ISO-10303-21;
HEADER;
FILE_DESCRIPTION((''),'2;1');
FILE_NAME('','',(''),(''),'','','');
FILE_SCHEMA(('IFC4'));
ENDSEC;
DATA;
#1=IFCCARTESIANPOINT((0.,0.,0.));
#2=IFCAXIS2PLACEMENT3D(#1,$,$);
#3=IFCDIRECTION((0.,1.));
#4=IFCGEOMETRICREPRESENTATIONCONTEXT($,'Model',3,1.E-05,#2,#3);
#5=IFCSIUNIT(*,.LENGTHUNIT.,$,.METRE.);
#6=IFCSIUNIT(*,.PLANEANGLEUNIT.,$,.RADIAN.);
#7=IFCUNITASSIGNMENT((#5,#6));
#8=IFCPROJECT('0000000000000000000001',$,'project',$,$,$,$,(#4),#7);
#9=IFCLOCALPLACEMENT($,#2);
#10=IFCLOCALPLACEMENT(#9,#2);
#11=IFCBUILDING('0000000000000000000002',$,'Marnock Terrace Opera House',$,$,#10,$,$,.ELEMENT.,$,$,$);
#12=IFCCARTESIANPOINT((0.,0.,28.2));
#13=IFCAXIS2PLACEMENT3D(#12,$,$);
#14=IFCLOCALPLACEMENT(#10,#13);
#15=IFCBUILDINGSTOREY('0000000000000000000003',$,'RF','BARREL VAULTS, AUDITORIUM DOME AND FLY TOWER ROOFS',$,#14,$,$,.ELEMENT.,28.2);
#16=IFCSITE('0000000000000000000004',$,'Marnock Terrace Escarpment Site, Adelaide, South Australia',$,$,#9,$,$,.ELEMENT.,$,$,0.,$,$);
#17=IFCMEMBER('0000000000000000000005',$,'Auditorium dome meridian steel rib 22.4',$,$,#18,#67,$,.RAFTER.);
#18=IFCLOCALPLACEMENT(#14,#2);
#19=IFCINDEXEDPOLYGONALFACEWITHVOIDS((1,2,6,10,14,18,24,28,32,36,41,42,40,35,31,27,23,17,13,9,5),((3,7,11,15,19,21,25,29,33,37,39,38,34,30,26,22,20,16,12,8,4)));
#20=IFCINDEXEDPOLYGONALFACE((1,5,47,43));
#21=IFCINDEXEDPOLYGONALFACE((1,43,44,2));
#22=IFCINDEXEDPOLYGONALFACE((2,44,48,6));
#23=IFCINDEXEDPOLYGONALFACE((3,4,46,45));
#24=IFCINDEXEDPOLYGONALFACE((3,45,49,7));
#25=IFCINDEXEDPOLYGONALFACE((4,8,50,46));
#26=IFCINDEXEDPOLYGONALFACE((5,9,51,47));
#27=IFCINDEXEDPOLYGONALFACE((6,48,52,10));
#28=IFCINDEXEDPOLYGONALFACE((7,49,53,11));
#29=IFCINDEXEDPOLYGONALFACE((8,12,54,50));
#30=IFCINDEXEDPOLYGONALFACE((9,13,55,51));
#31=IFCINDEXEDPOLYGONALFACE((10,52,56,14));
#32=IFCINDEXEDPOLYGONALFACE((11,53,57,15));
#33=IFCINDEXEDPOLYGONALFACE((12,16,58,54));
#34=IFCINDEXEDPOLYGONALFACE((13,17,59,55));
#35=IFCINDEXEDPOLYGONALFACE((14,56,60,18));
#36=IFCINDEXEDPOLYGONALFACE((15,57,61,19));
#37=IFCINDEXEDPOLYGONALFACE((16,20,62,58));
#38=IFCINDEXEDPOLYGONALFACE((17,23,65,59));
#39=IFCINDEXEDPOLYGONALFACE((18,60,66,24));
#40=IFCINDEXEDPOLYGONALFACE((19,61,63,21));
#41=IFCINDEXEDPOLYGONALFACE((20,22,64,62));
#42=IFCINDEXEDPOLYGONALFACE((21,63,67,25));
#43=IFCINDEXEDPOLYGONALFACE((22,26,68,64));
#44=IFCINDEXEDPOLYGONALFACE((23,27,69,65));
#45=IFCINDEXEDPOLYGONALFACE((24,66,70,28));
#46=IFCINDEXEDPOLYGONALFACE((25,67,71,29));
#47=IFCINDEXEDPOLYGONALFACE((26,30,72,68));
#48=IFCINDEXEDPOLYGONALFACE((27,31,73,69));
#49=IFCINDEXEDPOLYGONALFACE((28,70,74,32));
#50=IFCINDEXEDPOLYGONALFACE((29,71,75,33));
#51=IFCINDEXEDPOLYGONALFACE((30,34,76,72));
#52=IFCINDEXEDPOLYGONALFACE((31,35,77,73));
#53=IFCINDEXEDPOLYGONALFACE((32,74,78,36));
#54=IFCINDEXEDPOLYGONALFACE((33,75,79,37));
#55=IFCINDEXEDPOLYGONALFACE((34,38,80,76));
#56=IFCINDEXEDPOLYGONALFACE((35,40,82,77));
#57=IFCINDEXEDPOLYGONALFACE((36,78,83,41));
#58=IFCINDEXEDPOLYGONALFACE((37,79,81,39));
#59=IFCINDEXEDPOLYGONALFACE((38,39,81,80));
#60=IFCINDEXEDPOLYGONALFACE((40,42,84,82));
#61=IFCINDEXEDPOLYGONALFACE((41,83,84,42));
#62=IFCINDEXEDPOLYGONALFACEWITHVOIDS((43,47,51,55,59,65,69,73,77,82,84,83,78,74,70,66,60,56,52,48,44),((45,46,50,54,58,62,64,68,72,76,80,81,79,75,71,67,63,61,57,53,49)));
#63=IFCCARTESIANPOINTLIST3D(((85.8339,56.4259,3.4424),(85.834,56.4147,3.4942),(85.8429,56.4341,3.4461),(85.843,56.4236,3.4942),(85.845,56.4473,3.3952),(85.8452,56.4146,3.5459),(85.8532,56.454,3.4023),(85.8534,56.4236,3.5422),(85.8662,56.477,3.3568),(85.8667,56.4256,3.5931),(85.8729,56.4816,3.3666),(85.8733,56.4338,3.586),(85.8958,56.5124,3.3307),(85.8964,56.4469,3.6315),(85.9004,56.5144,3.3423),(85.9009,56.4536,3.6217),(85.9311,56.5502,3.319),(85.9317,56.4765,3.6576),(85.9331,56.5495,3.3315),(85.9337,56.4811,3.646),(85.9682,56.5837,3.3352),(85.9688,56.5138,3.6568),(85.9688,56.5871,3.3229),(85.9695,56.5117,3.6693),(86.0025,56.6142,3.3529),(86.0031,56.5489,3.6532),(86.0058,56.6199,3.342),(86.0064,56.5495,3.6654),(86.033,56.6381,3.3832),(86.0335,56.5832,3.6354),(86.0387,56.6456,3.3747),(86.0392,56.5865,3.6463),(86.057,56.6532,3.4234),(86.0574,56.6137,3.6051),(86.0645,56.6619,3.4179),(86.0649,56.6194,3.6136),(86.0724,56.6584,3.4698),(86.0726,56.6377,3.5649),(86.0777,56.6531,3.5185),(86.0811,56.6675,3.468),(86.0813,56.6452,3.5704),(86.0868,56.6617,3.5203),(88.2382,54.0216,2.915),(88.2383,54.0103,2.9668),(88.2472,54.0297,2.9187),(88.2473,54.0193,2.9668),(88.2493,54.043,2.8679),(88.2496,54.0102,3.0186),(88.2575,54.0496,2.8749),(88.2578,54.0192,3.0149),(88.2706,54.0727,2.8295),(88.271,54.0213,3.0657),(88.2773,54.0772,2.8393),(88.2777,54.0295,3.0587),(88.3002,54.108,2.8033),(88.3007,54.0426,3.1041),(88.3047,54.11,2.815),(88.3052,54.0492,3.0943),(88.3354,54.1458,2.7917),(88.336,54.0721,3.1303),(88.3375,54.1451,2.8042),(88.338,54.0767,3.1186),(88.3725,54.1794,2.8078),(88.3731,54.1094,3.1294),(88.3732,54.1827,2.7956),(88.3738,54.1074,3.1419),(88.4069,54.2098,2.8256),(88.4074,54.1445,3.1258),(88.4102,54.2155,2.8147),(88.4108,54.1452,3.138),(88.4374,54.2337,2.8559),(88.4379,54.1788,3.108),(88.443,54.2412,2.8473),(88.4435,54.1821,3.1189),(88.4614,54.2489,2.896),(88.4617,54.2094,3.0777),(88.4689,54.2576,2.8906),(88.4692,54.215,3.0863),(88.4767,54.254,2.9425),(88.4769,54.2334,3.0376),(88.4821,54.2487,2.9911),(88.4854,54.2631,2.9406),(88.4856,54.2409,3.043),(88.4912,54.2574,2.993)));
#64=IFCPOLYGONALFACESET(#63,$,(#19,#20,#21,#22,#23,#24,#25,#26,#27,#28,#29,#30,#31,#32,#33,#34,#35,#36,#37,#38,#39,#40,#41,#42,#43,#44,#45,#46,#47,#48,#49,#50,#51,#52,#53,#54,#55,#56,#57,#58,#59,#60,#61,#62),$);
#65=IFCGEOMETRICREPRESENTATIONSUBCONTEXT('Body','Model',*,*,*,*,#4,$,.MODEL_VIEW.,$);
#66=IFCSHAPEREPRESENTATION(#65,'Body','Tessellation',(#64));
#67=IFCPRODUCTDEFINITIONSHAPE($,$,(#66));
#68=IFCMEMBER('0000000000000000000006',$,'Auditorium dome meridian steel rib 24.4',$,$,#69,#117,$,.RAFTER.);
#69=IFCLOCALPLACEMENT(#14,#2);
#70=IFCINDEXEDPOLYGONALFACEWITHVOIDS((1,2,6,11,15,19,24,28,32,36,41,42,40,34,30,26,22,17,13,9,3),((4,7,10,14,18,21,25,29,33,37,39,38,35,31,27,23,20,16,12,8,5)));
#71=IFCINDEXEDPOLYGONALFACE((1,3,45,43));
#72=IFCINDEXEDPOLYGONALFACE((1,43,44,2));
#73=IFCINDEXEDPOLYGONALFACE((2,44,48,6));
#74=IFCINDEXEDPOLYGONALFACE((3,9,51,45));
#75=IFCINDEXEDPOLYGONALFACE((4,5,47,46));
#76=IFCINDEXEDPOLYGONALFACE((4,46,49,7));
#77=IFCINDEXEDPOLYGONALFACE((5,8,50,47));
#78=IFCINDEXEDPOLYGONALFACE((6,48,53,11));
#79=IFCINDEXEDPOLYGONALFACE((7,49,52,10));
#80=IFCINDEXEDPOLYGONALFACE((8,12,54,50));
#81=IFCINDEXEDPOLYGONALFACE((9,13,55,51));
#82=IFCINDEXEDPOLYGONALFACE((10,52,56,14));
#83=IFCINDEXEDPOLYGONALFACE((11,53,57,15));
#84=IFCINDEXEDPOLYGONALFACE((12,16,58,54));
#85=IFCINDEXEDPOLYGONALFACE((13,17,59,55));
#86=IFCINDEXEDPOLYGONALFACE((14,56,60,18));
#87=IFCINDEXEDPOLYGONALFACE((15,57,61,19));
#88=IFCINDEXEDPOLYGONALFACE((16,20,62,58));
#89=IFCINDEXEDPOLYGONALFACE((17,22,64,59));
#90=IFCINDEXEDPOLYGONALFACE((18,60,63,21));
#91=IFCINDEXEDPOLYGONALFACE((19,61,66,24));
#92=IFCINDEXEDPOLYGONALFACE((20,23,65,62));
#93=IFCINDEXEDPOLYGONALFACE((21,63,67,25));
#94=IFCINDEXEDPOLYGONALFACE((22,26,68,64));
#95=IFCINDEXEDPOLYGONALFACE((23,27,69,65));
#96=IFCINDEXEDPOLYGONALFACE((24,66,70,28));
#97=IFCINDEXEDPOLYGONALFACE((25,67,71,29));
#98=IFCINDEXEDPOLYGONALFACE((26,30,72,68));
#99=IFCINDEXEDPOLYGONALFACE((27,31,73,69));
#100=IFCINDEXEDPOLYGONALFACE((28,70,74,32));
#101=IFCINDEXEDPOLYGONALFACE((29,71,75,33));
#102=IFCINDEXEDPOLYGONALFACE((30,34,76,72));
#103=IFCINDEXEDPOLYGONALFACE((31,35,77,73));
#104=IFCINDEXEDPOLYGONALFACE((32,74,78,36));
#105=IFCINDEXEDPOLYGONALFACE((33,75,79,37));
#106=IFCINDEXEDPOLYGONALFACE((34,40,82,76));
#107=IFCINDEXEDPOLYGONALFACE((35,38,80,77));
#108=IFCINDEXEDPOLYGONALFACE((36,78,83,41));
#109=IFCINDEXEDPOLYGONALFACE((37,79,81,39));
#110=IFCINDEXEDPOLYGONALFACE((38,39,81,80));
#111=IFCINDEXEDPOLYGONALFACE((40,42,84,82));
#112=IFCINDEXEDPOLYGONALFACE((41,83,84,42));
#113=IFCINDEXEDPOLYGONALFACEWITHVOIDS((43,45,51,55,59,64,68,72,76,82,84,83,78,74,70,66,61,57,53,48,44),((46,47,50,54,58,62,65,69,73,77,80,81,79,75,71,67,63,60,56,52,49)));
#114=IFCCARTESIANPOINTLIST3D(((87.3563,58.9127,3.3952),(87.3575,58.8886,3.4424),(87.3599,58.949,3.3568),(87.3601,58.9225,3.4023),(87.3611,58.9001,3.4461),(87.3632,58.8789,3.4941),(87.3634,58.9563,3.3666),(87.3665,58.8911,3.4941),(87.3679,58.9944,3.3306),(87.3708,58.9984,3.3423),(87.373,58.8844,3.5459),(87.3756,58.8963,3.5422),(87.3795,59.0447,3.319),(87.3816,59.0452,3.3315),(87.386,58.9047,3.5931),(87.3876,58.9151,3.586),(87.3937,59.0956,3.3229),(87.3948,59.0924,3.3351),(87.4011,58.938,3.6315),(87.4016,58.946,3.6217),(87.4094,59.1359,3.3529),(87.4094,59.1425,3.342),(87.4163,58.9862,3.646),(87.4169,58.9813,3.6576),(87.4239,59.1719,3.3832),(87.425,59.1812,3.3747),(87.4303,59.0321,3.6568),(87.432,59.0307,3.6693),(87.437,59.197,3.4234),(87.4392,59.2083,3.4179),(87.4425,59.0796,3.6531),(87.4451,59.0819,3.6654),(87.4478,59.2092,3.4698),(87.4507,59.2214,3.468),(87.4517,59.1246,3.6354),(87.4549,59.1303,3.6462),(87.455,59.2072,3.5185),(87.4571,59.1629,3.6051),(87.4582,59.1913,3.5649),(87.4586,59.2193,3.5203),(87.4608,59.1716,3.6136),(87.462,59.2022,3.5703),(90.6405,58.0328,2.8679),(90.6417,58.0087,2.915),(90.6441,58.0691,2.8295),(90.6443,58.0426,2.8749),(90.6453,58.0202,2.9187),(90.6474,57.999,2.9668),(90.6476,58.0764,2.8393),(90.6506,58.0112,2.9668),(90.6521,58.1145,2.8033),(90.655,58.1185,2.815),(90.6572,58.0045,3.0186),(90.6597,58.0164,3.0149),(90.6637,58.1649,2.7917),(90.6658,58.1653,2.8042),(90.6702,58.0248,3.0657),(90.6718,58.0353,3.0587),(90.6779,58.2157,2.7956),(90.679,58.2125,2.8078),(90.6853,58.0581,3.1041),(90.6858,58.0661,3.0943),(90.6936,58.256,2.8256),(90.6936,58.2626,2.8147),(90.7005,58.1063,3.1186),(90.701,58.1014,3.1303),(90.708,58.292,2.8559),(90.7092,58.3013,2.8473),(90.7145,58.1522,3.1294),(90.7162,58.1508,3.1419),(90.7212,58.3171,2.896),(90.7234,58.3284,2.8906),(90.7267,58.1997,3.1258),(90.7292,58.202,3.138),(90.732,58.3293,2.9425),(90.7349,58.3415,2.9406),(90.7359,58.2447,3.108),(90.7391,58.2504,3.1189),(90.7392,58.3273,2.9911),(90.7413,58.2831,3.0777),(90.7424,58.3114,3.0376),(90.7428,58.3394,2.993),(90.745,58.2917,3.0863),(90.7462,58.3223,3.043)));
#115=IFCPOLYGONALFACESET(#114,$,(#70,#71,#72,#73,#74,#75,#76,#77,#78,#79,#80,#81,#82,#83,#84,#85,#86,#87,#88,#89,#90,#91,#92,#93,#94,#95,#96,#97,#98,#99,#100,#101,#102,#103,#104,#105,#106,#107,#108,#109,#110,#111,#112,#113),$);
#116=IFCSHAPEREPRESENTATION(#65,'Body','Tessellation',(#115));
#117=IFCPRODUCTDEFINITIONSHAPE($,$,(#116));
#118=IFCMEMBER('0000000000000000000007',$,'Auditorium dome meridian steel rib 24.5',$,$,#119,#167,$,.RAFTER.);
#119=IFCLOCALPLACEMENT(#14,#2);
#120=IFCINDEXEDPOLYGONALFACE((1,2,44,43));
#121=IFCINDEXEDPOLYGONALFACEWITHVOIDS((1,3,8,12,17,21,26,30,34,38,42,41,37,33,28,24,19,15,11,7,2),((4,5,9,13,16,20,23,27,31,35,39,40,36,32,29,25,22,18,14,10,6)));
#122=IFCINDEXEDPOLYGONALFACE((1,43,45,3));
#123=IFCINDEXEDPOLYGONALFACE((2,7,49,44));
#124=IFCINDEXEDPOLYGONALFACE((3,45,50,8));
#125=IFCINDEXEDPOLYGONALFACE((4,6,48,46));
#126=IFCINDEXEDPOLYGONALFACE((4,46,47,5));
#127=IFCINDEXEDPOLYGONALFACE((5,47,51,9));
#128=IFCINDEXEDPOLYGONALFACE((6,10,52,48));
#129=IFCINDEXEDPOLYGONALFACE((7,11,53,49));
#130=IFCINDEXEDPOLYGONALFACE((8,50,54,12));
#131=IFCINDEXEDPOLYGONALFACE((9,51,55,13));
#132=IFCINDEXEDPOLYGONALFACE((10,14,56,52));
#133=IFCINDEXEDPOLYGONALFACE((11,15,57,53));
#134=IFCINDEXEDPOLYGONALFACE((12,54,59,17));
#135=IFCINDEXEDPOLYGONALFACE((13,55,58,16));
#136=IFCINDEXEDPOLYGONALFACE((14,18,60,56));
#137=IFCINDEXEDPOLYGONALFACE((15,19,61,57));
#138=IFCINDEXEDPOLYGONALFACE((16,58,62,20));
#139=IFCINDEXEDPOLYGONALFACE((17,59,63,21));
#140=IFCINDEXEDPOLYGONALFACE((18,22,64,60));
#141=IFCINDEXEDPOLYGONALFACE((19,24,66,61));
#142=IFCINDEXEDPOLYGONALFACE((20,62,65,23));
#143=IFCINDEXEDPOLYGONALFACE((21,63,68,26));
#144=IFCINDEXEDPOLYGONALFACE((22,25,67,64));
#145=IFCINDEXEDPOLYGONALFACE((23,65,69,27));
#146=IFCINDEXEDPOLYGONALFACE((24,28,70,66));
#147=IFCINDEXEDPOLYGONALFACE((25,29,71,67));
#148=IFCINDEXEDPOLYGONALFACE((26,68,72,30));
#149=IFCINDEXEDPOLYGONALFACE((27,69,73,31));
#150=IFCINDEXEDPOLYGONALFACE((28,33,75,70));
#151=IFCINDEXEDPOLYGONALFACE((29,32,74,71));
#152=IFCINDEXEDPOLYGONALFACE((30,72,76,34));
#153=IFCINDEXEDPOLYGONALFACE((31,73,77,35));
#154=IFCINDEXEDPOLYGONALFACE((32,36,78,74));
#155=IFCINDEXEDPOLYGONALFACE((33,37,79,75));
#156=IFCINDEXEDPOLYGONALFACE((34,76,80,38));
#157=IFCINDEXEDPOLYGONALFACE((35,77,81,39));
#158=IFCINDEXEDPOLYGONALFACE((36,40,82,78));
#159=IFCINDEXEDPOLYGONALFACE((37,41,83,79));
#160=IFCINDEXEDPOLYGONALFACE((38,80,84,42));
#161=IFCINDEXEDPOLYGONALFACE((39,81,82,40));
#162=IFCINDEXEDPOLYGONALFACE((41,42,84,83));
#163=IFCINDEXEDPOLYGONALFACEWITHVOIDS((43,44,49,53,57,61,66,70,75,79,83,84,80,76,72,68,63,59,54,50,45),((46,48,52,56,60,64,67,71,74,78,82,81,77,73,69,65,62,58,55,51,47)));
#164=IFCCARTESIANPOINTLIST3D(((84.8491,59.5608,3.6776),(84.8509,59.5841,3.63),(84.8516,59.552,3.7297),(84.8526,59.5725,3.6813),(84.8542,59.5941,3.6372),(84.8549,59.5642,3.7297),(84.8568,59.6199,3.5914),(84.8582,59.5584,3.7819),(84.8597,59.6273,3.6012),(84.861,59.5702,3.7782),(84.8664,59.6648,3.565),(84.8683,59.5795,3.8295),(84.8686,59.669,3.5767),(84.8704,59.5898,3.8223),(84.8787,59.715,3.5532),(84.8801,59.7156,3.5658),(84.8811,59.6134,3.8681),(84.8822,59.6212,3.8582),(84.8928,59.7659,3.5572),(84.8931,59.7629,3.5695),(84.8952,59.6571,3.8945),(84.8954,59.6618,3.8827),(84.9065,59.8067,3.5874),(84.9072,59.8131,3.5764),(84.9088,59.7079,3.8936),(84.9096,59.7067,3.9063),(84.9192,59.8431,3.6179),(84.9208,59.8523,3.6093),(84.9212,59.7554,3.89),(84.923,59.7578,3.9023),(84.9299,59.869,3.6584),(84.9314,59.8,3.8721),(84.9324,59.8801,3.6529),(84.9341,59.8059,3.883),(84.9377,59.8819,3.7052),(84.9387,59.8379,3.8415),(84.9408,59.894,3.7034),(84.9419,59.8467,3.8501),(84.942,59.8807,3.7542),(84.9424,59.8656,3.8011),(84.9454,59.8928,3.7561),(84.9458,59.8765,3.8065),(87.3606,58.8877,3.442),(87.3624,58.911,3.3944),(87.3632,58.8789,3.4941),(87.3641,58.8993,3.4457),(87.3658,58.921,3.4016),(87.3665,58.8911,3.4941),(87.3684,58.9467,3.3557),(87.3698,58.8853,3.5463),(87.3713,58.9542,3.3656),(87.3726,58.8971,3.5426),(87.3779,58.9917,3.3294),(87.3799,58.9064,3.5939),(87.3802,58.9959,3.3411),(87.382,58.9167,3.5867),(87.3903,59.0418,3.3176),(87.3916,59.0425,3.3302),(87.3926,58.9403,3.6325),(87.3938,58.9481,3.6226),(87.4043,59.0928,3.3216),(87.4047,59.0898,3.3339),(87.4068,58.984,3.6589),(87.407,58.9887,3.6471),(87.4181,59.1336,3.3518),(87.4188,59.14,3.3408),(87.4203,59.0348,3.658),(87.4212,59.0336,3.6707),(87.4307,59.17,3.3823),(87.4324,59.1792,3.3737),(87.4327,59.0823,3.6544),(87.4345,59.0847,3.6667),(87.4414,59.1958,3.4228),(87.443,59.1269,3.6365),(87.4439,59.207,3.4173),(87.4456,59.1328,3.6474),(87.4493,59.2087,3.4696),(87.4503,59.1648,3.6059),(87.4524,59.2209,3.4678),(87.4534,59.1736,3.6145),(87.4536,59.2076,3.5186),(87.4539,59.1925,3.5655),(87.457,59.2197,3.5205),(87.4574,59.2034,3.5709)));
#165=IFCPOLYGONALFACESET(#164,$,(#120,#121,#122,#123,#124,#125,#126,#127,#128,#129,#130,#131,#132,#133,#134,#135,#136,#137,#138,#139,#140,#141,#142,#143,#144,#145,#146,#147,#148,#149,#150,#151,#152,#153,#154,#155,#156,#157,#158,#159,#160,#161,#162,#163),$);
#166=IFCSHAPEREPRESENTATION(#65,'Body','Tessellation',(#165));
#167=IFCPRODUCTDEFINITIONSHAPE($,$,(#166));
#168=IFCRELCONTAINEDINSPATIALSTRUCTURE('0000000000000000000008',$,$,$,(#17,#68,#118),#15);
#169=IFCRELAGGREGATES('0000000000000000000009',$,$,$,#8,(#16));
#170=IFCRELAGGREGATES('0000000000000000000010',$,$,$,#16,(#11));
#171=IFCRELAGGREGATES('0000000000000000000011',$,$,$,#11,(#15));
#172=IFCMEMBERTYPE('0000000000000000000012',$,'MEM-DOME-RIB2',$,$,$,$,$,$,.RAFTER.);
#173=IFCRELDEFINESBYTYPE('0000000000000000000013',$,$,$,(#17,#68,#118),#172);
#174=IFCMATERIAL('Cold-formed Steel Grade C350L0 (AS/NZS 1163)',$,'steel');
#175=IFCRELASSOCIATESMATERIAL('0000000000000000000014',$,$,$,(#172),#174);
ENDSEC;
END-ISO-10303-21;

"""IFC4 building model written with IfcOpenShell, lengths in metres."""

from ifc_helpers import new_model, si_unit, direction, frame, origin, origin_2d, place, context, subcontext, project, spatial, hollow_circle, extrude, material, material_profile, profile_set, type_object, element, save


model = new_model("IFC4")

# Units and contexts
model_context = context("Model", 3, precision=1e-05, world=origin(), true_north=direction((0.0, 1.0)))
body_context = subcontext(model_context, "Body", "Model", "MODEL_VIEW")
ifc_project = project(units=[si_unit("LENGTHUNIT", "METRE"), si_unit("PLANEANGLEUNIT", "RADIAN")], contexts=[model_context])

# Site, building, storey
site_placement = place(None, origin())
site = spatial("IfcSite", under=ifc_project, at=site_placement, Name="Marnock Terrace Escarpment Site, Adelaide, South Australia", CompositionType="ELEMENT", RefElevation=0.0)
building_placement = place(site_placement, origin())
building = spatial("IfcBuilding", under=site, at=building_placement, Name="Marnock Terrace Opera House", CompositionType="ELEMENT")
storey_placement = place(building_placement, frame((0.0, 0.0, 28.2)))
storey = spatial("IfcBuildingStorey", under=building, at=storey_placement, Name="RF", Description="BARREL VAULTS, AUDITORIUM DOME AND FLY TOWER ROOFS", CompositionType="ELEMENT", Elevation=28.2)

# Members
ifc_material_1 = material(Name="Cold-formed Steel Grade C350L0 (AS/NZS 1163)", Category="steel")
ifc_material_profile_1 = material_profile(ifc_material_1, hollow_circle(Radius=0.1777, WallThickness=0.0127, at=origin_2d()))
ifc_profile_set_1 = profile_set([ifc_material_profile_1], Name="Cold-formed Steel Grade C350L0 (AS/NZS 1163)")
member_type_1 = type_object("IfcMemberType", Name="MEM-DOME-RIB2", PredefinedType="RAFTER", material=ifc_profile_set_1)
member_1_placement = place(storey_placement, frame((88.364, 54.136, 2.9668), z_axis=(-0.698753, 0.698753, 0.15326), x_axis=(-0.707107, -0.707107, 0.0)))
element("IfcMember", 1, at=member_1_placement, inside=storey, type_object=member_type_1, Name="Auditorium dome meridian steel rib 22.4", PredefinedType="RAFTER", context=body_context, shape_type="SweptSolid", body=[
    extrude(hollow_circle(Radius=0.1777, WallThickness=0.0127, at=origin_2d()), origin(), (0.0, 0.0, 1.0), 3.4409),
])
member_2_placement = place(storey_placement, frame((90.6934, 58.1707, 2.9668), z_axis=(-0.954521, 0.255731, 0.153268), x_axis=(-0.258789, -0.965934, 0.0)))
element("IfcMember", 2, at=member_2_placement, inside=storey, type_object=member_type_1, Name="Auditorium dome meridian steel rib 24.4", PredefinedType="RAFTER", context=body_context, shape_type="SweptSolid", body=[
    extrude(hollow_circle(Radius=0.1777, WallThickness=0.0127, at=origin_2d()), origin(), (0.0, 0.0, 1.0), 3.4407),
])
member_3_placement = place(storey_placement, frame((87.4092, 59.0505, 3.4941), z_axis=(-0.961971, 0.257816, 0.09024), x_axis=(-0.258872, -0.965912, 0.0)))
element("IfcMember", 3, at=member_3_placement, inside=storey, type_object=member_type_1, Name="Auditorium dome meridian steel rib 24.5", PredefinedType="RAFTER", context=body_context, shape_type="SweptSolid", body=[
    extrude(hollow_circle(Radius=0.1777, WallThickness=0.0127, at=origin_2d()), origin(), (0.0, 0.0, 1.0), 2.6108),
])

save(model, "model.ifc")
